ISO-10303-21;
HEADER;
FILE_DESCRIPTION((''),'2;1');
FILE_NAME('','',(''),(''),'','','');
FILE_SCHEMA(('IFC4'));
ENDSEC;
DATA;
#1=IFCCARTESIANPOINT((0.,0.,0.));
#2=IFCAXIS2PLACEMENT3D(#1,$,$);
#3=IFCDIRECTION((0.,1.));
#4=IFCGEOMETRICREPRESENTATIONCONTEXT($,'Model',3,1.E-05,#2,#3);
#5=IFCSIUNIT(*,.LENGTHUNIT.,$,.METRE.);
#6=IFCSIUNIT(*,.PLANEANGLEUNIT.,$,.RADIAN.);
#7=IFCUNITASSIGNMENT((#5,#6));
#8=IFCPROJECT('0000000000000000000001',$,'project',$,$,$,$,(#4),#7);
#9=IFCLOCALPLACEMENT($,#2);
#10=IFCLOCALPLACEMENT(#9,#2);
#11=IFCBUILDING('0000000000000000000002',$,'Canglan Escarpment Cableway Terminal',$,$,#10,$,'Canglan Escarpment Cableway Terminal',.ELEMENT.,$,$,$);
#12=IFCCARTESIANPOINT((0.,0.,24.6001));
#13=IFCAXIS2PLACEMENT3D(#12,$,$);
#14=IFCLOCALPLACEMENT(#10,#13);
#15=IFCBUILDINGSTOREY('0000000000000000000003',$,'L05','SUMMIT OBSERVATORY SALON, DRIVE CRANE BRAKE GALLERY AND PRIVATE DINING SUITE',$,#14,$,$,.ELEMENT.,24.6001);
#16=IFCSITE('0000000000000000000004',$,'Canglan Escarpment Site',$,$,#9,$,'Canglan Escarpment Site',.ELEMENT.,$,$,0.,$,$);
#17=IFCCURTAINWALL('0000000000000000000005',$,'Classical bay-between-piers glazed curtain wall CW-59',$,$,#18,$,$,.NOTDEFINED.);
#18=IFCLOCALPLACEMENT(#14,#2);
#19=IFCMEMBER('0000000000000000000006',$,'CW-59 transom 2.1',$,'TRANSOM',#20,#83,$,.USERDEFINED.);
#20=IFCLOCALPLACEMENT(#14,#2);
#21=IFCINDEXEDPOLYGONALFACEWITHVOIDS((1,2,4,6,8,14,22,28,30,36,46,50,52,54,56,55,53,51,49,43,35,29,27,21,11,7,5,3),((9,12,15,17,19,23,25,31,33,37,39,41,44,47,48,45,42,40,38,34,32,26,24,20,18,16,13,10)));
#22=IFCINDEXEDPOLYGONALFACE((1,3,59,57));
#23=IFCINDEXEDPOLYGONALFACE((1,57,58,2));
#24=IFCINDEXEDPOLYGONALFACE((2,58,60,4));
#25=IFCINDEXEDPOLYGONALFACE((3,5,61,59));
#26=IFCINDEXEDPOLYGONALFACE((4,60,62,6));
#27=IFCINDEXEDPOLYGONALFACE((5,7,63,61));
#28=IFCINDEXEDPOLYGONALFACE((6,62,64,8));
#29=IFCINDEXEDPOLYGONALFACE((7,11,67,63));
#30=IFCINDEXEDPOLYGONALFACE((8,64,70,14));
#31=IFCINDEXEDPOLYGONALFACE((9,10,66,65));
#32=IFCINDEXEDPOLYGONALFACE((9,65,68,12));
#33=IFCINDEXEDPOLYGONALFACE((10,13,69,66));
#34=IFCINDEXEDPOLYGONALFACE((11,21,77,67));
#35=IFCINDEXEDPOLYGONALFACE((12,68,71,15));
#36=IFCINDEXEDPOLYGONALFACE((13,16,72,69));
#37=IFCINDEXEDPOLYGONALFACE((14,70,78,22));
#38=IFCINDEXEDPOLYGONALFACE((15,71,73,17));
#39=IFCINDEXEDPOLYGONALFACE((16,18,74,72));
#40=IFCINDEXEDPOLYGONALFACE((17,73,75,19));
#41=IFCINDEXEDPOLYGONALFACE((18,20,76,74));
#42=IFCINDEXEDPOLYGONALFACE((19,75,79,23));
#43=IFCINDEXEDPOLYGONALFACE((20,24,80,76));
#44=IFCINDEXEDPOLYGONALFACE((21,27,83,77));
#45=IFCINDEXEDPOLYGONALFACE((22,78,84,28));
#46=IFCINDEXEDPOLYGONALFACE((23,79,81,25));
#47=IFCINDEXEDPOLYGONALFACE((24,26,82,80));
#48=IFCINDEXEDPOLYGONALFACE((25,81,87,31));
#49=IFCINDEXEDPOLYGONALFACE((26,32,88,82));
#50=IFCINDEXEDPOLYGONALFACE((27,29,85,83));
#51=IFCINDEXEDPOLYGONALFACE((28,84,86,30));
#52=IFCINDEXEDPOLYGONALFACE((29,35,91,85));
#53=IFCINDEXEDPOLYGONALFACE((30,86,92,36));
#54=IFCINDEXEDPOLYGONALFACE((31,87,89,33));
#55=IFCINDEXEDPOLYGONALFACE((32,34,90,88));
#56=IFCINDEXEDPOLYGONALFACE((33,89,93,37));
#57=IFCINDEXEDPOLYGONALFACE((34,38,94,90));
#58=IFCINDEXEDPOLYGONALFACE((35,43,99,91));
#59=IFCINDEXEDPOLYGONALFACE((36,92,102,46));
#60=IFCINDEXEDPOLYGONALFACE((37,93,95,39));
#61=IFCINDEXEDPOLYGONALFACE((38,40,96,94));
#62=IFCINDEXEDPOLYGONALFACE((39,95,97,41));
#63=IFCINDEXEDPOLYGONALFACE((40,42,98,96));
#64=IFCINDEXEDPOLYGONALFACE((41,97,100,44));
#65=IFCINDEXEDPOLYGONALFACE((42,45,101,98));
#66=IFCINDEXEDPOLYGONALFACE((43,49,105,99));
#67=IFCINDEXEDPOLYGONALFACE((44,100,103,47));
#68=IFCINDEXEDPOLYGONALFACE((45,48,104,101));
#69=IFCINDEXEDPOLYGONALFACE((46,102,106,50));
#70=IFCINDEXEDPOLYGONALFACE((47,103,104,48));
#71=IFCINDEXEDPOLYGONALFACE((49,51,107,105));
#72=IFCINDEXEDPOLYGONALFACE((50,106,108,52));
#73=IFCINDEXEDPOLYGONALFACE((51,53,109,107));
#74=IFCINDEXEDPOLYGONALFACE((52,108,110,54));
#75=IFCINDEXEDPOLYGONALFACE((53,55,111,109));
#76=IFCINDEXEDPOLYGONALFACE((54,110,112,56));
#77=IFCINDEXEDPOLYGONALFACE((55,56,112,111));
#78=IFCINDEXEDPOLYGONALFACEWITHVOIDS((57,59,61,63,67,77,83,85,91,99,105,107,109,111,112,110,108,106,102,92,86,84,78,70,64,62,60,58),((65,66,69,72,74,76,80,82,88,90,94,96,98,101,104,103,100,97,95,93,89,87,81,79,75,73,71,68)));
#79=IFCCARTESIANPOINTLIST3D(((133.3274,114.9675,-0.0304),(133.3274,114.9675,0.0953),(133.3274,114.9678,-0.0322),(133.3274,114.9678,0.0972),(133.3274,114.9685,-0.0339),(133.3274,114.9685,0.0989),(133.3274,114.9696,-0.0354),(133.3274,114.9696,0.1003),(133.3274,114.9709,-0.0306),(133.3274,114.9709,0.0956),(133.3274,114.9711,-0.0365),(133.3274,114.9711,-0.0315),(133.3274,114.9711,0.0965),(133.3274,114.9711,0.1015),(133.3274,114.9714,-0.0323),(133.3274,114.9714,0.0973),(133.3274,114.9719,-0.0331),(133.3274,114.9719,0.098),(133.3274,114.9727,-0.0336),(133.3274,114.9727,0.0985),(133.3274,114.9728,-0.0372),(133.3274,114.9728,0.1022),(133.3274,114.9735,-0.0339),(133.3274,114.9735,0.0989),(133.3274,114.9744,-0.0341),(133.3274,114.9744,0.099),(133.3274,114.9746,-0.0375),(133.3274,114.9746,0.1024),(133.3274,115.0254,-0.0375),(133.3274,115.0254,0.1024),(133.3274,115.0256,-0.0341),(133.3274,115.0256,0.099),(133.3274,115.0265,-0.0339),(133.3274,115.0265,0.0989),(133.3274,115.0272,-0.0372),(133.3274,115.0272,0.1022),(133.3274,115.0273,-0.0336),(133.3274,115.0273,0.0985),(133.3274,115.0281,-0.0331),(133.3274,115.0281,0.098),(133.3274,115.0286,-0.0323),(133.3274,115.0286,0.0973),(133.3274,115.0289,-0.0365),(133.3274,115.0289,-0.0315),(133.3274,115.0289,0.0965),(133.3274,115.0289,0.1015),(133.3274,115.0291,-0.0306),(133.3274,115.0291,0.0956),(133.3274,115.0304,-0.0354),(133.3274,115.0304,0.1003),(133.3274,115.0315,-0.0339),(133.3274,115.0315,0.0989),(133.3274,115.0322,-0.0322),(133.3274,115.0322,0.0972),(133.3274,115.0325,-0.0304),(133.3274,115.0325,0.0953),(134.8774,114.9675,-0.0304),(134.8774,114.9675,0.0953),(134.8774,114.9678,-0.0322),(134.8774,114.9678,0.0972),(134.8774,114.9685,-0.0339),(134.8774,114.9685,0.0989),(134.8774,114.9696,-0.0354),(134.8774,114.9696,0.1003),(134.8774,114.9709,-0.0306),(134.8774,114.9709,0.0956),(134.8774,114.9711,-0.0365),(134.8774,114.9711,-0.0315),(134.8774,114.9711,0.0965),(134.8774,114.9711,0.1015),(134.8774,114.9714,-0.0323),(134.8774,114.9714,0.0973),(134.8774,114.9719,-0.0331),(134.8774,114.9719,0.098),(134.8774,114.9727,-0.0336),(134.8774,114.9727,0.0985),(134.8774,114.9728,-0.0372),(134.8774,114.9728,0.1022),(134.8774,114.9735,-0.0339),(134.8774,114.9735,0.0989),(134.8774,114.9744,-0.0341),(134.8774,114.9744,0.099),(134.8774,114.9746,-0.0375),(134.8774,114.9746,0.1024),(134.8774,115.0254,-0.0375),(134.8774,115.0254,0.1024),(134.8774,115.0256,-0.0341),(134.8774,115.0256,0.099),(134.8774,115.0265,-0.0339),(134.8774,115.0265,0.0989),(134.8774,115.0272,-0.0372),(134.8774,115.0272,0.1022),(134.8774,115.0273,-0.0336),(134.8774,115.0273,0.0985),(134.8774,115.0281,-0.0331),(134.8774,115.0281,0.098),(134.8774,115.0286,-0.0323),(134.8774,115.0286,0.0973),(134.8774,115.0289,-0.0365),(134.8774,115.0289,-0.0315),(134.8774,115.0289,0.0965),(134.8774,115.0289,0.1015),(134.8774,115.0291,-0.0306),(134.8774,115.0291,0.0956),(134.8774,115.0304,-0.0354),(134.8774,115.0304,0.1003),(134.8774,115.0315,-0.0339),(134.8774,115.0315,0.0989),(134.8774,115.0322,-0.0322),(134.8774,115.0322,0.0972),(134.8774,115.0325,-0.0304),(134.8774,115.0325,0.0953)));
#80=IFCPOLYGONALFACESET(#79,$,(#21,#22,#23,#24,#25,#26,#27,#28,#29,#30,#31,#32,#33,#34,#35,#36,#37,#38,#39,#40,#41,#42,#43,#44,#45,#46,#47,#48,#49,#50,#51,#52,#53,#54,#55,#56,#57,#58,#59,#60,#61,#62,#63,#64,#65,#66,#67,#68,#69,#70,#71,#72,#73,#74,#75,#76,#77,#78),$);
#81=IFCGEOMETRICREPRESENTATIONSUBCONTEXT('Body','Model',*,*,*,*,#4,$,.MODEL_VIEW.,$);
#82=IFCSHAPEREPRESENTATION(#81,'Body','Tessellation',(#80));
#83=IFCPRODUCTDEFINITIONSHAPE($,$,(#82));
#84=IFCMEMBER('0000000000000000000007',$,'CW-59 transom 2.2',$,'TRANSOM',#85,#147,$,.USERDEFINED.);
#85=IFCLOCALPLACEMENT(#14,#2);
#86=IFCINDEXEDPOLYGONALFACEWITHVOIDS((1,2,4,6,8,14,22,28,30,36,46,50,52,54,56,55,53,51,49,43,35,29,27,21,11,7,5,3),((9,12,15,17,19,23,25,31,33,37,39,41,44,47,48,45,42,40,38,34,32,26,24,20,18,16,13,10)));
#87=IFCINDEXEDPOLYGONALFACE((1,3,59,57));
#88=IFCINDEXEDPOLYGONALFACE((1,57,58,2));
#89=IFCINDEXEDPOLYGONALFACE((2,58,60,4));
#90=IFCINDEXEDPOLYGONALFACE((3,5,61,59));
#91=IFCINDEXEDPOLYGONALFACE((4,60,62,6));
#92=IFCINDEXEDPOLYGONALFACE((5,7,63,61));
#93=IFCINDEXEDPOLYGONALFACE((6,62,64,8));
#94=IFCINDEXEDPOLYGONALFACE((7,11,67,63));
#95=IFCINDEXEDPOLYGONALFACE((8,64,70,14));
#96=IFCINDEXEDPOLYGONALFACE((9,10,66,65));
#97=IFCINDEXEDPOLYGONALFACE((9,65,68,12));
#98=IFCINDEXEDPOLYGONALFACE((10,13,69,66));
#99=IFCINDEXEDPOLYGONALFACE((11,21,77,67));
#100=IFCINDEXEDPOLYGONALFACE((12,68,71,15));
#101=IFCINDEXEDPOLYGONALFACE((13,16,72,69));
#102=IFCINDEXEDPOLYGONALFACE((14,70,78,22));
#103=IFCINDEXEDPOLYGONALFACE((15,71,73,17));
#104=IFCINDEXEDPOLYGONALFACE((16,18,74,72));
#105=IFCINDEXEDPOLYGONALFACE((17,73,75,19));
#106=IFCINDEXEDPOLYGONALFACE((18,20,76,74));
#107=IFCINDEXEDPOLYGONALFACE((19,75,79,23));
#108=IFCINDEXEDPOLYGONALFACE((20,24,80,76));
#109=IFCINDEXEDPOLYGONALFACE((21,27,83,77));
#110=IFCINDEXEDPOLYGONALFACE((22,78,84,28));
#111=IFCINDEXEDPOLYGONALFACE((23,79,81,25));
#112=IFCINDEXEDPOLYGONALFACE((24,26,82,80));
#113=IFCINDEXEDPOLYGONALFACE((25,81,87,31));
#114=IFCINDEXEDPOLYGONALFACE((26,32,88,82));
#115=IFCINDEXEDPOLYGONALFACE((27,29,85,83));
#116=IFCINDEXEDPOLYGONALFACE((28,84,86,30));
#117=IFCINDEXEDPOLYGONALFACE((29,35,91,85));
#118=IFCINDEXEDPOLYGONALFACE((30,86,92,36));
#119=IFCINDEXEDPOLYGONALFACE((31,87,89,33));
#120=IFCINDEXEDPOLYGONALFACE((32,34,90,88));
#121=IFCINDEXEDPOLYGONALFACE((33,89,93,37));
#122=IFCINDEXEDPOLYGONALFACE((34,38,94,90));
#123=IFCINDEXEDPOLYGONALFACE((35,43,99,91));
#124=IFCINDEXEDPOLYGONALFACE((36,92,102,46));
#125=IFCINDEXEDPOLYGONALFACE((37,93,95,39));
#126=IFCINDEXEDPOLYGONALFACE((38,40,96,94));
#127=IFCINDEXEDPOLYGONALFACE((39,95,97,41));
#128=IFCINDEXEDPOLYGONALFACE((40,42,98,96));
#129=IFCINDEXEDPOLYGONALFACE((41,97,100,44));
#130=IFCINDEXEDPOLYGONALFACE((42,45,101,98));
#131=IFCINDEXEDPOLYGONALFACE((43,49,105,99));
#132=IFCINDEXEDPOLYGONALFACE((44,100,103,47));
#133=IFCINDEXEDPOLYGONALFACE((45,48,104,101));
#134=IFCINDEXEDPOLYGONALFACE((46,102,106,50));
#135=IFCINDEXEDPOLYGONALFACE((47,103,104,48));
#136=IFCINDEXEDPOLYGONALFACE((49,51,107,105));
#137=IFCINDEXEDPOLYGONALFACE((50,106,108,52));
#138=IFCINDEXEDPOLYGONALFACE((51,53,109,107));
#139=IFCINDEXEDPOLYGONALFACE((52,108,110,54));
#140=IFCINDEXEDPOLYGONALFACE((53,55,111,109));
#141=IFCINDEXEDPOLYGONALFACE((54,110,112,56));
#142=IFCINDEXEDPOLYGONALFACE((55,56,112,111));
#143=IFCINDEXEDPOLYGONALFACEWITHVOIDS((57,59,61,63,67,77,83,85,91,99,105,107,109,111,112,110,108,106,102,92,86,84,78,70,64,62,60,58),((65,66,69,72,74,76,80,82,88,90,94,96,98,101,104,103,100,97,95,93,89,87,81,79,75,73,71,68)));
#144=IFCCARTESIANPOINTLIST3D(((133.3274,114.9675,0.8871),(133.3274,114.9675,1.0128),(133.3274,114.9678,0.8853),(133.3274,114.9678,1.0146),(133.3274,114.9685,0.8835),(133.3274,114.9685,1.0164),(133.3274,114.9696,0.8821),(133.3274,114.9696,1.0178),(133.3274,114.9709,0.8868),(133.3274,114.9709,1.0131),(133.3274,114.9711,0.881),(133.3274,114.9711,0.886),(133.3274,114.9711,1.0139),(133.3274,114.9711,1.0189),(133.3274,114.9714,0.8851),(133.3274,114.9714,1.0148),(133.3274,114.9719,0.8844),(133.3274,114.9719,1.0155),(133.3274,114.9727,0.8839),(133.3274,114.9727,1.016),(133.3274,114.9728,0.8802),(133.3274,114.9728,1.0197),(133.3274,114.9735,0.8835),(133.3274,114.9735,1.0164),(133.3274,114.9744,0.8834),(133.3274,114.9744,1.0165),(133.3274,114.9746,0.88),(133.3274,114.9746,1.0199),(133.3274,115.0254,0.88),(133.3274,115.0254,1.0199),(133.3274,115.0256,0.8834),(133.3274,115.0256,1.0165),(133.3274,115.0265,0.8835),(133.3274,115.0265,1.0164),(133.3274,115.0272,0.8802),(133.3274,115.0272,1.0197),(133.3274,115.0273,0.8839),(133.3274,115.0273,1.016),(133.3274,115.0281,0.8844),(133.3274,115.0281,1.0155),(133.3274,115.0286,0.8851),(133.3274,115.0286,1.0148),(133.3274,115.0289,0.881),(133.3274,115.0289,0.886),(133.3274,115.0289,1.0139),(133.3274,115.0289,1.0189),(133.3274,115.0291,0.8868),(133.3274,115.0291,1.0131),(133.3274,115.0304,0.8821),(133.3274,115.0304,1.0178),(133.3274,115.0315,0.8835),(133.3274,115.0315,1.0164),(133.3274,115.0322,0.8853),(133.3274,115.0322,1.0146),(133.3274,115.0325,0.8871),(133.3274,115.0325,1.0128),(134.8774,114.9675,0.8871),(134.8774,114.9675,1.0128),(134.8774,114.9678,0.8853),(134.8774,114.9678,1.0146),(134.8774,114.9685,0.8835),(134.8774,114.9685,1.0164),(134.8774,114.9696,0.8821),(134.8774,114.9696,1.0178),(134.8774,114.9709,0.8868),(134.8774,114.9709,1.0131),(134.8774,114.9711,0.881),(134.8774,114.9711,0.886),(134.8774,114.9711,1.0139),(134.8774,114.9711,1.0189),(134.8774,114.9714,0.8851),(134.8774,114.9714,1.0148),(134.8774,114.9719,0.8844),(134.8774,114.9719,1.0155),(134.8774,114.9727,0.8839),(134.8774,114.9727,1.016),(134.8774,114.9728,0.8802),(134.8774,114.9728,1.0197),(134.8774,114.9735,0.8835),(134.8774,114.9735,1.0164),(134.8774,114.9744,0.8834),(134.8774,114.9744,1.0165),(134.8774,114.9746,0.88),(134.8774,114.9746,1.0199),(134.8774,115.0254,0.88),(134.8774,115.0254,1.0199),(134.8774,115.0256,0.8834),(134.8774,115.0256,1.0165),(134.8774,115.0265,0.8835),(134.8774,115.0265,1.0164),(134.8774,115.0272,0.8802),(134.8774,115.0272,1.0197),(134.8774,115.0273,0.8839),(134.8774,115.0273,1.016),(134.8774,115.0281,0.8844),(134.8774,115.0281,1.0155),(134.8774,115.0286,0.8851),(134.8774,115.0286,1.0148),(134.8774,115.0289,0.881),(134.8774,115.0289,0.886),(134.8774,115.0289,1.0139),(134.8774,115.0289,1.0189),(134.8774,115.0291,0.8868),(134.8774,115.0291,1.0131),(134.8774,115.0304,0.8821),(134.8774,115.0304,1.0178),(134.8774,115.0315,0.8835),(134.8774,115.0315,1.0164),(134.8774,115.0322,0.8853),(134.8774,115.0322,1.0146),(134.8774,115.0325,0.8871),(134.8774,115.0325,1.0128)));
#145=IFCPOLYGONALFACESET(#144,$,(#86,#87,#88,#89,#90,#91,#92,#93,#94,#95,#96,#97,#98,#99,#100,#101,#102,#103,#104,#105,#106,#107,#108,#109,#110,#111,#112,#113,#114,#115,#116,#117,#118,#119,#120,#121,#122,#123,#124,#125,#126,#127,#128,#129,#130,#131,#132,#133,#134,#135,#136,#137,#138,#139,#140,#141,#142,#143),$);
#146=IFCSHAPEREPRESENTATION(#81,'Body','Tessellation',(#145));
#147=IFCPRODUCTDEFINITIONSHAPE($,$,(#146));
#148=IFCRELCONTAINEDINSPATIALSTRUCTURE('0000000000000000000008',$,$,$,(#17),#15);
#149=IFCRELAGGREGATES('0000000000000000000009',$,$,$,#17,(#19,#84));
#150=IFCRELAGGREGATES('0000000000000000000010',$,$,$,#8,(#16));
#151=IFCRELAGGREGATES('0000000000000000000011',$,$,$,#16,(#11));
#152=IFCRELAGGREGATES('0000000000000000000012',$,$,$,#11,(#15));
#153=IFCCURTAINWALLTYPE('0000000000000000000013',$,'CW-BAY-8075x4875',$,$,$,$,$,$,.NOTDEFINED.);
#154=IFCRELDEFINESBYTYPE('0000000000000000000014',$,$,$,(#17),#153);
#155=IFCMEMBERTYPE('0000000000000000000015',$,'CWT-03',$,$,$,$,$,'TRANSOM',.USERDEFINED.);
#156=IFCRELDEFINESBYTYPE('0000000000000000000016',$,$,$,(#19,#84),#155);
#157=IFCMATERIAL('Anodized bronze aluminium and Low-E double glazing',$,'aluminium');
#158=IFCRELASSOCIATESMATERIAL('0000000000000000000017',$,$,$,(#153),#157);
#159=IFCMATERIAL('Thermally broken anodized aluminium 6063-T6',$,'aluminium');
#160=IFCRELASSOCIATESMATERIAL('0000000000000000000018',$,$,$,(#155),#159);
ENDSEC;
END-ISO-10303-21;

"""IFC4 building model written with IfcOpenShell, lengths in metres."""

from ifc_helpers import new_model, si_unit, direction, frame, origin, origin_2d, place, context, subcontext, project, spatial, hollow_rectangle, extrude, material, material_profile, profile_set, type_object, element, aggregate, save


model = new_model("IFC4")

# Units and contexts
model_context = context("Model", 3, precision=1e-05, world=origin(), true_north=direction((0.0, 1.0)))
body_context = subcontext(model_context, "Body", "Model", "MODEL_VIEW")
ifc_project = project(units=[si_unit("LENGTHUNIT", "METRE"), si_unit("PLANEANGLEUNIT", "RADIAN")], contexts=[model_context])

# Site, building, storey
site_placement = place(None, origin())
site = spatial("IfcSite", under=ifc_project, at=site_placement, Name="Canglan Escarpment Site", LongName="Canglan Escarpment Site", CompositionType="ELEMENT", RefElevation=0.0)
building_placement = place(site_placement, origin())
building = spatial("IfcBuilding", under=site, at=building_placement, Name="Canglan Escarpment Cableway Terminal", LongName="Canglan Escarpment Cableway Terminal", CompositionType="ELEMENT")
storey_placement = place(building_placement, frame((0.0, 0.0, 24.6001)))
storey = spatial("IfcBuildingStorey", under=building, at=storey_placement, Name="L05", Description="SUMMIT OBSERVATORY SALON, DRIVE CRANE BRAKE GALLERY AND PRIVATE DINING SUITE", CompositionType="ELEMENT", Elevation=24.6001)

# Curtain wall, members
ifc_material_1 = material(Name="Anodized bronze aluminium and Low-E double glazing", Category="aluminium")
curtain_wall_type = type_object("IfcCurtainWallType", Name="CW-BAY-8075x4875", PredefinedType="NOTDEFINED", material=ifc_material_1)
curtain_wall_placement = place(storey_placement, origin())
curtain_wall = element("IfcCurtainWall", 1, at=curtain_wall_placement, inside=storey, type_object=curtain_wall_type, Name="Classical bay-between-piers glazed curtain wall CW-59", PredefinedType="NOTDEFINED")
ifc_material_2 = material(Name="Thermally broken anodized aluminium 6063-T6", Category="aluminium")
ifc_material_profile_1 = material_profile(ifc_material_2, hollow_rectangle(XDim=0.0649, YDim=0.1399, WallThickness=0.0034, InnerFilletRadius=0.0034, OuterFilletRadius=0.0071, at=origin_2d()), Name="ALU-TRAN 65x140x3.5")
ifc_profile_set_1 = profile_set([ifc_material_profile_1], Name="Thermally broken anodized aluminium 6063-T6")
member_type_1 = type_object("IfcMemberType", Name="CWT-03", ElementType="TRANSOM", PredefinedType="USERDEFINED", material=ifc_profile_set_1)
member_1_placement = place(storey_placement, frame((134.8774, 115.0, 0.0325), z_axis=(-1.0, 0.0, 0.0), x_axis=(0.0, -1.0, 0.0)))
member_1 = element("IfcMember", 2, at=member_1_placement, type_object=member_type_1, Name="CW-59 transom 2.1", ObjectType="TRANSOM", PredefinedType="USERDEFINED", context=body_context, shape_type="SweptSolid", body=[
    extrude(hollow_rectangle(XDim=0.0649, YDim=0.1399, WallThickness=0.0034, InnerFilletRadius=0.0034, OuterFilletRadius=0.0071, at=origin_2d()), origin(), (0.0, 0.0, 1.0), 1.55),
])
member_2_placement = place(storey_placement, frame((134.8774, 115.0, 0.95), z_axis=(-1.0, 0.0, 0.0), x_axis=(0.0, -1.0, 0.0)))
member_2 = element("IfcMember", 3, at=member_2_placement, type_object=member_type_1, Name="CW-59 transom 2.2", ObjectType="TRANSOM", PredefinedType="USERDEFINED", context=body_context, shape_type="SweptSolid", body=[
    extrude(hollow_rectangle(XDim=0.0649, YDim=0.1399, WallThickness=0.0034, InnerFilletRadius=0.0034, OuterFilletRadius=0.0071, at=origin_2d()), origin(), (0.0, 0.0, 1.0), 1.55),
])
aggregate(curtain_wall, [member_1, member_2])

save(model, "model.ifc")
